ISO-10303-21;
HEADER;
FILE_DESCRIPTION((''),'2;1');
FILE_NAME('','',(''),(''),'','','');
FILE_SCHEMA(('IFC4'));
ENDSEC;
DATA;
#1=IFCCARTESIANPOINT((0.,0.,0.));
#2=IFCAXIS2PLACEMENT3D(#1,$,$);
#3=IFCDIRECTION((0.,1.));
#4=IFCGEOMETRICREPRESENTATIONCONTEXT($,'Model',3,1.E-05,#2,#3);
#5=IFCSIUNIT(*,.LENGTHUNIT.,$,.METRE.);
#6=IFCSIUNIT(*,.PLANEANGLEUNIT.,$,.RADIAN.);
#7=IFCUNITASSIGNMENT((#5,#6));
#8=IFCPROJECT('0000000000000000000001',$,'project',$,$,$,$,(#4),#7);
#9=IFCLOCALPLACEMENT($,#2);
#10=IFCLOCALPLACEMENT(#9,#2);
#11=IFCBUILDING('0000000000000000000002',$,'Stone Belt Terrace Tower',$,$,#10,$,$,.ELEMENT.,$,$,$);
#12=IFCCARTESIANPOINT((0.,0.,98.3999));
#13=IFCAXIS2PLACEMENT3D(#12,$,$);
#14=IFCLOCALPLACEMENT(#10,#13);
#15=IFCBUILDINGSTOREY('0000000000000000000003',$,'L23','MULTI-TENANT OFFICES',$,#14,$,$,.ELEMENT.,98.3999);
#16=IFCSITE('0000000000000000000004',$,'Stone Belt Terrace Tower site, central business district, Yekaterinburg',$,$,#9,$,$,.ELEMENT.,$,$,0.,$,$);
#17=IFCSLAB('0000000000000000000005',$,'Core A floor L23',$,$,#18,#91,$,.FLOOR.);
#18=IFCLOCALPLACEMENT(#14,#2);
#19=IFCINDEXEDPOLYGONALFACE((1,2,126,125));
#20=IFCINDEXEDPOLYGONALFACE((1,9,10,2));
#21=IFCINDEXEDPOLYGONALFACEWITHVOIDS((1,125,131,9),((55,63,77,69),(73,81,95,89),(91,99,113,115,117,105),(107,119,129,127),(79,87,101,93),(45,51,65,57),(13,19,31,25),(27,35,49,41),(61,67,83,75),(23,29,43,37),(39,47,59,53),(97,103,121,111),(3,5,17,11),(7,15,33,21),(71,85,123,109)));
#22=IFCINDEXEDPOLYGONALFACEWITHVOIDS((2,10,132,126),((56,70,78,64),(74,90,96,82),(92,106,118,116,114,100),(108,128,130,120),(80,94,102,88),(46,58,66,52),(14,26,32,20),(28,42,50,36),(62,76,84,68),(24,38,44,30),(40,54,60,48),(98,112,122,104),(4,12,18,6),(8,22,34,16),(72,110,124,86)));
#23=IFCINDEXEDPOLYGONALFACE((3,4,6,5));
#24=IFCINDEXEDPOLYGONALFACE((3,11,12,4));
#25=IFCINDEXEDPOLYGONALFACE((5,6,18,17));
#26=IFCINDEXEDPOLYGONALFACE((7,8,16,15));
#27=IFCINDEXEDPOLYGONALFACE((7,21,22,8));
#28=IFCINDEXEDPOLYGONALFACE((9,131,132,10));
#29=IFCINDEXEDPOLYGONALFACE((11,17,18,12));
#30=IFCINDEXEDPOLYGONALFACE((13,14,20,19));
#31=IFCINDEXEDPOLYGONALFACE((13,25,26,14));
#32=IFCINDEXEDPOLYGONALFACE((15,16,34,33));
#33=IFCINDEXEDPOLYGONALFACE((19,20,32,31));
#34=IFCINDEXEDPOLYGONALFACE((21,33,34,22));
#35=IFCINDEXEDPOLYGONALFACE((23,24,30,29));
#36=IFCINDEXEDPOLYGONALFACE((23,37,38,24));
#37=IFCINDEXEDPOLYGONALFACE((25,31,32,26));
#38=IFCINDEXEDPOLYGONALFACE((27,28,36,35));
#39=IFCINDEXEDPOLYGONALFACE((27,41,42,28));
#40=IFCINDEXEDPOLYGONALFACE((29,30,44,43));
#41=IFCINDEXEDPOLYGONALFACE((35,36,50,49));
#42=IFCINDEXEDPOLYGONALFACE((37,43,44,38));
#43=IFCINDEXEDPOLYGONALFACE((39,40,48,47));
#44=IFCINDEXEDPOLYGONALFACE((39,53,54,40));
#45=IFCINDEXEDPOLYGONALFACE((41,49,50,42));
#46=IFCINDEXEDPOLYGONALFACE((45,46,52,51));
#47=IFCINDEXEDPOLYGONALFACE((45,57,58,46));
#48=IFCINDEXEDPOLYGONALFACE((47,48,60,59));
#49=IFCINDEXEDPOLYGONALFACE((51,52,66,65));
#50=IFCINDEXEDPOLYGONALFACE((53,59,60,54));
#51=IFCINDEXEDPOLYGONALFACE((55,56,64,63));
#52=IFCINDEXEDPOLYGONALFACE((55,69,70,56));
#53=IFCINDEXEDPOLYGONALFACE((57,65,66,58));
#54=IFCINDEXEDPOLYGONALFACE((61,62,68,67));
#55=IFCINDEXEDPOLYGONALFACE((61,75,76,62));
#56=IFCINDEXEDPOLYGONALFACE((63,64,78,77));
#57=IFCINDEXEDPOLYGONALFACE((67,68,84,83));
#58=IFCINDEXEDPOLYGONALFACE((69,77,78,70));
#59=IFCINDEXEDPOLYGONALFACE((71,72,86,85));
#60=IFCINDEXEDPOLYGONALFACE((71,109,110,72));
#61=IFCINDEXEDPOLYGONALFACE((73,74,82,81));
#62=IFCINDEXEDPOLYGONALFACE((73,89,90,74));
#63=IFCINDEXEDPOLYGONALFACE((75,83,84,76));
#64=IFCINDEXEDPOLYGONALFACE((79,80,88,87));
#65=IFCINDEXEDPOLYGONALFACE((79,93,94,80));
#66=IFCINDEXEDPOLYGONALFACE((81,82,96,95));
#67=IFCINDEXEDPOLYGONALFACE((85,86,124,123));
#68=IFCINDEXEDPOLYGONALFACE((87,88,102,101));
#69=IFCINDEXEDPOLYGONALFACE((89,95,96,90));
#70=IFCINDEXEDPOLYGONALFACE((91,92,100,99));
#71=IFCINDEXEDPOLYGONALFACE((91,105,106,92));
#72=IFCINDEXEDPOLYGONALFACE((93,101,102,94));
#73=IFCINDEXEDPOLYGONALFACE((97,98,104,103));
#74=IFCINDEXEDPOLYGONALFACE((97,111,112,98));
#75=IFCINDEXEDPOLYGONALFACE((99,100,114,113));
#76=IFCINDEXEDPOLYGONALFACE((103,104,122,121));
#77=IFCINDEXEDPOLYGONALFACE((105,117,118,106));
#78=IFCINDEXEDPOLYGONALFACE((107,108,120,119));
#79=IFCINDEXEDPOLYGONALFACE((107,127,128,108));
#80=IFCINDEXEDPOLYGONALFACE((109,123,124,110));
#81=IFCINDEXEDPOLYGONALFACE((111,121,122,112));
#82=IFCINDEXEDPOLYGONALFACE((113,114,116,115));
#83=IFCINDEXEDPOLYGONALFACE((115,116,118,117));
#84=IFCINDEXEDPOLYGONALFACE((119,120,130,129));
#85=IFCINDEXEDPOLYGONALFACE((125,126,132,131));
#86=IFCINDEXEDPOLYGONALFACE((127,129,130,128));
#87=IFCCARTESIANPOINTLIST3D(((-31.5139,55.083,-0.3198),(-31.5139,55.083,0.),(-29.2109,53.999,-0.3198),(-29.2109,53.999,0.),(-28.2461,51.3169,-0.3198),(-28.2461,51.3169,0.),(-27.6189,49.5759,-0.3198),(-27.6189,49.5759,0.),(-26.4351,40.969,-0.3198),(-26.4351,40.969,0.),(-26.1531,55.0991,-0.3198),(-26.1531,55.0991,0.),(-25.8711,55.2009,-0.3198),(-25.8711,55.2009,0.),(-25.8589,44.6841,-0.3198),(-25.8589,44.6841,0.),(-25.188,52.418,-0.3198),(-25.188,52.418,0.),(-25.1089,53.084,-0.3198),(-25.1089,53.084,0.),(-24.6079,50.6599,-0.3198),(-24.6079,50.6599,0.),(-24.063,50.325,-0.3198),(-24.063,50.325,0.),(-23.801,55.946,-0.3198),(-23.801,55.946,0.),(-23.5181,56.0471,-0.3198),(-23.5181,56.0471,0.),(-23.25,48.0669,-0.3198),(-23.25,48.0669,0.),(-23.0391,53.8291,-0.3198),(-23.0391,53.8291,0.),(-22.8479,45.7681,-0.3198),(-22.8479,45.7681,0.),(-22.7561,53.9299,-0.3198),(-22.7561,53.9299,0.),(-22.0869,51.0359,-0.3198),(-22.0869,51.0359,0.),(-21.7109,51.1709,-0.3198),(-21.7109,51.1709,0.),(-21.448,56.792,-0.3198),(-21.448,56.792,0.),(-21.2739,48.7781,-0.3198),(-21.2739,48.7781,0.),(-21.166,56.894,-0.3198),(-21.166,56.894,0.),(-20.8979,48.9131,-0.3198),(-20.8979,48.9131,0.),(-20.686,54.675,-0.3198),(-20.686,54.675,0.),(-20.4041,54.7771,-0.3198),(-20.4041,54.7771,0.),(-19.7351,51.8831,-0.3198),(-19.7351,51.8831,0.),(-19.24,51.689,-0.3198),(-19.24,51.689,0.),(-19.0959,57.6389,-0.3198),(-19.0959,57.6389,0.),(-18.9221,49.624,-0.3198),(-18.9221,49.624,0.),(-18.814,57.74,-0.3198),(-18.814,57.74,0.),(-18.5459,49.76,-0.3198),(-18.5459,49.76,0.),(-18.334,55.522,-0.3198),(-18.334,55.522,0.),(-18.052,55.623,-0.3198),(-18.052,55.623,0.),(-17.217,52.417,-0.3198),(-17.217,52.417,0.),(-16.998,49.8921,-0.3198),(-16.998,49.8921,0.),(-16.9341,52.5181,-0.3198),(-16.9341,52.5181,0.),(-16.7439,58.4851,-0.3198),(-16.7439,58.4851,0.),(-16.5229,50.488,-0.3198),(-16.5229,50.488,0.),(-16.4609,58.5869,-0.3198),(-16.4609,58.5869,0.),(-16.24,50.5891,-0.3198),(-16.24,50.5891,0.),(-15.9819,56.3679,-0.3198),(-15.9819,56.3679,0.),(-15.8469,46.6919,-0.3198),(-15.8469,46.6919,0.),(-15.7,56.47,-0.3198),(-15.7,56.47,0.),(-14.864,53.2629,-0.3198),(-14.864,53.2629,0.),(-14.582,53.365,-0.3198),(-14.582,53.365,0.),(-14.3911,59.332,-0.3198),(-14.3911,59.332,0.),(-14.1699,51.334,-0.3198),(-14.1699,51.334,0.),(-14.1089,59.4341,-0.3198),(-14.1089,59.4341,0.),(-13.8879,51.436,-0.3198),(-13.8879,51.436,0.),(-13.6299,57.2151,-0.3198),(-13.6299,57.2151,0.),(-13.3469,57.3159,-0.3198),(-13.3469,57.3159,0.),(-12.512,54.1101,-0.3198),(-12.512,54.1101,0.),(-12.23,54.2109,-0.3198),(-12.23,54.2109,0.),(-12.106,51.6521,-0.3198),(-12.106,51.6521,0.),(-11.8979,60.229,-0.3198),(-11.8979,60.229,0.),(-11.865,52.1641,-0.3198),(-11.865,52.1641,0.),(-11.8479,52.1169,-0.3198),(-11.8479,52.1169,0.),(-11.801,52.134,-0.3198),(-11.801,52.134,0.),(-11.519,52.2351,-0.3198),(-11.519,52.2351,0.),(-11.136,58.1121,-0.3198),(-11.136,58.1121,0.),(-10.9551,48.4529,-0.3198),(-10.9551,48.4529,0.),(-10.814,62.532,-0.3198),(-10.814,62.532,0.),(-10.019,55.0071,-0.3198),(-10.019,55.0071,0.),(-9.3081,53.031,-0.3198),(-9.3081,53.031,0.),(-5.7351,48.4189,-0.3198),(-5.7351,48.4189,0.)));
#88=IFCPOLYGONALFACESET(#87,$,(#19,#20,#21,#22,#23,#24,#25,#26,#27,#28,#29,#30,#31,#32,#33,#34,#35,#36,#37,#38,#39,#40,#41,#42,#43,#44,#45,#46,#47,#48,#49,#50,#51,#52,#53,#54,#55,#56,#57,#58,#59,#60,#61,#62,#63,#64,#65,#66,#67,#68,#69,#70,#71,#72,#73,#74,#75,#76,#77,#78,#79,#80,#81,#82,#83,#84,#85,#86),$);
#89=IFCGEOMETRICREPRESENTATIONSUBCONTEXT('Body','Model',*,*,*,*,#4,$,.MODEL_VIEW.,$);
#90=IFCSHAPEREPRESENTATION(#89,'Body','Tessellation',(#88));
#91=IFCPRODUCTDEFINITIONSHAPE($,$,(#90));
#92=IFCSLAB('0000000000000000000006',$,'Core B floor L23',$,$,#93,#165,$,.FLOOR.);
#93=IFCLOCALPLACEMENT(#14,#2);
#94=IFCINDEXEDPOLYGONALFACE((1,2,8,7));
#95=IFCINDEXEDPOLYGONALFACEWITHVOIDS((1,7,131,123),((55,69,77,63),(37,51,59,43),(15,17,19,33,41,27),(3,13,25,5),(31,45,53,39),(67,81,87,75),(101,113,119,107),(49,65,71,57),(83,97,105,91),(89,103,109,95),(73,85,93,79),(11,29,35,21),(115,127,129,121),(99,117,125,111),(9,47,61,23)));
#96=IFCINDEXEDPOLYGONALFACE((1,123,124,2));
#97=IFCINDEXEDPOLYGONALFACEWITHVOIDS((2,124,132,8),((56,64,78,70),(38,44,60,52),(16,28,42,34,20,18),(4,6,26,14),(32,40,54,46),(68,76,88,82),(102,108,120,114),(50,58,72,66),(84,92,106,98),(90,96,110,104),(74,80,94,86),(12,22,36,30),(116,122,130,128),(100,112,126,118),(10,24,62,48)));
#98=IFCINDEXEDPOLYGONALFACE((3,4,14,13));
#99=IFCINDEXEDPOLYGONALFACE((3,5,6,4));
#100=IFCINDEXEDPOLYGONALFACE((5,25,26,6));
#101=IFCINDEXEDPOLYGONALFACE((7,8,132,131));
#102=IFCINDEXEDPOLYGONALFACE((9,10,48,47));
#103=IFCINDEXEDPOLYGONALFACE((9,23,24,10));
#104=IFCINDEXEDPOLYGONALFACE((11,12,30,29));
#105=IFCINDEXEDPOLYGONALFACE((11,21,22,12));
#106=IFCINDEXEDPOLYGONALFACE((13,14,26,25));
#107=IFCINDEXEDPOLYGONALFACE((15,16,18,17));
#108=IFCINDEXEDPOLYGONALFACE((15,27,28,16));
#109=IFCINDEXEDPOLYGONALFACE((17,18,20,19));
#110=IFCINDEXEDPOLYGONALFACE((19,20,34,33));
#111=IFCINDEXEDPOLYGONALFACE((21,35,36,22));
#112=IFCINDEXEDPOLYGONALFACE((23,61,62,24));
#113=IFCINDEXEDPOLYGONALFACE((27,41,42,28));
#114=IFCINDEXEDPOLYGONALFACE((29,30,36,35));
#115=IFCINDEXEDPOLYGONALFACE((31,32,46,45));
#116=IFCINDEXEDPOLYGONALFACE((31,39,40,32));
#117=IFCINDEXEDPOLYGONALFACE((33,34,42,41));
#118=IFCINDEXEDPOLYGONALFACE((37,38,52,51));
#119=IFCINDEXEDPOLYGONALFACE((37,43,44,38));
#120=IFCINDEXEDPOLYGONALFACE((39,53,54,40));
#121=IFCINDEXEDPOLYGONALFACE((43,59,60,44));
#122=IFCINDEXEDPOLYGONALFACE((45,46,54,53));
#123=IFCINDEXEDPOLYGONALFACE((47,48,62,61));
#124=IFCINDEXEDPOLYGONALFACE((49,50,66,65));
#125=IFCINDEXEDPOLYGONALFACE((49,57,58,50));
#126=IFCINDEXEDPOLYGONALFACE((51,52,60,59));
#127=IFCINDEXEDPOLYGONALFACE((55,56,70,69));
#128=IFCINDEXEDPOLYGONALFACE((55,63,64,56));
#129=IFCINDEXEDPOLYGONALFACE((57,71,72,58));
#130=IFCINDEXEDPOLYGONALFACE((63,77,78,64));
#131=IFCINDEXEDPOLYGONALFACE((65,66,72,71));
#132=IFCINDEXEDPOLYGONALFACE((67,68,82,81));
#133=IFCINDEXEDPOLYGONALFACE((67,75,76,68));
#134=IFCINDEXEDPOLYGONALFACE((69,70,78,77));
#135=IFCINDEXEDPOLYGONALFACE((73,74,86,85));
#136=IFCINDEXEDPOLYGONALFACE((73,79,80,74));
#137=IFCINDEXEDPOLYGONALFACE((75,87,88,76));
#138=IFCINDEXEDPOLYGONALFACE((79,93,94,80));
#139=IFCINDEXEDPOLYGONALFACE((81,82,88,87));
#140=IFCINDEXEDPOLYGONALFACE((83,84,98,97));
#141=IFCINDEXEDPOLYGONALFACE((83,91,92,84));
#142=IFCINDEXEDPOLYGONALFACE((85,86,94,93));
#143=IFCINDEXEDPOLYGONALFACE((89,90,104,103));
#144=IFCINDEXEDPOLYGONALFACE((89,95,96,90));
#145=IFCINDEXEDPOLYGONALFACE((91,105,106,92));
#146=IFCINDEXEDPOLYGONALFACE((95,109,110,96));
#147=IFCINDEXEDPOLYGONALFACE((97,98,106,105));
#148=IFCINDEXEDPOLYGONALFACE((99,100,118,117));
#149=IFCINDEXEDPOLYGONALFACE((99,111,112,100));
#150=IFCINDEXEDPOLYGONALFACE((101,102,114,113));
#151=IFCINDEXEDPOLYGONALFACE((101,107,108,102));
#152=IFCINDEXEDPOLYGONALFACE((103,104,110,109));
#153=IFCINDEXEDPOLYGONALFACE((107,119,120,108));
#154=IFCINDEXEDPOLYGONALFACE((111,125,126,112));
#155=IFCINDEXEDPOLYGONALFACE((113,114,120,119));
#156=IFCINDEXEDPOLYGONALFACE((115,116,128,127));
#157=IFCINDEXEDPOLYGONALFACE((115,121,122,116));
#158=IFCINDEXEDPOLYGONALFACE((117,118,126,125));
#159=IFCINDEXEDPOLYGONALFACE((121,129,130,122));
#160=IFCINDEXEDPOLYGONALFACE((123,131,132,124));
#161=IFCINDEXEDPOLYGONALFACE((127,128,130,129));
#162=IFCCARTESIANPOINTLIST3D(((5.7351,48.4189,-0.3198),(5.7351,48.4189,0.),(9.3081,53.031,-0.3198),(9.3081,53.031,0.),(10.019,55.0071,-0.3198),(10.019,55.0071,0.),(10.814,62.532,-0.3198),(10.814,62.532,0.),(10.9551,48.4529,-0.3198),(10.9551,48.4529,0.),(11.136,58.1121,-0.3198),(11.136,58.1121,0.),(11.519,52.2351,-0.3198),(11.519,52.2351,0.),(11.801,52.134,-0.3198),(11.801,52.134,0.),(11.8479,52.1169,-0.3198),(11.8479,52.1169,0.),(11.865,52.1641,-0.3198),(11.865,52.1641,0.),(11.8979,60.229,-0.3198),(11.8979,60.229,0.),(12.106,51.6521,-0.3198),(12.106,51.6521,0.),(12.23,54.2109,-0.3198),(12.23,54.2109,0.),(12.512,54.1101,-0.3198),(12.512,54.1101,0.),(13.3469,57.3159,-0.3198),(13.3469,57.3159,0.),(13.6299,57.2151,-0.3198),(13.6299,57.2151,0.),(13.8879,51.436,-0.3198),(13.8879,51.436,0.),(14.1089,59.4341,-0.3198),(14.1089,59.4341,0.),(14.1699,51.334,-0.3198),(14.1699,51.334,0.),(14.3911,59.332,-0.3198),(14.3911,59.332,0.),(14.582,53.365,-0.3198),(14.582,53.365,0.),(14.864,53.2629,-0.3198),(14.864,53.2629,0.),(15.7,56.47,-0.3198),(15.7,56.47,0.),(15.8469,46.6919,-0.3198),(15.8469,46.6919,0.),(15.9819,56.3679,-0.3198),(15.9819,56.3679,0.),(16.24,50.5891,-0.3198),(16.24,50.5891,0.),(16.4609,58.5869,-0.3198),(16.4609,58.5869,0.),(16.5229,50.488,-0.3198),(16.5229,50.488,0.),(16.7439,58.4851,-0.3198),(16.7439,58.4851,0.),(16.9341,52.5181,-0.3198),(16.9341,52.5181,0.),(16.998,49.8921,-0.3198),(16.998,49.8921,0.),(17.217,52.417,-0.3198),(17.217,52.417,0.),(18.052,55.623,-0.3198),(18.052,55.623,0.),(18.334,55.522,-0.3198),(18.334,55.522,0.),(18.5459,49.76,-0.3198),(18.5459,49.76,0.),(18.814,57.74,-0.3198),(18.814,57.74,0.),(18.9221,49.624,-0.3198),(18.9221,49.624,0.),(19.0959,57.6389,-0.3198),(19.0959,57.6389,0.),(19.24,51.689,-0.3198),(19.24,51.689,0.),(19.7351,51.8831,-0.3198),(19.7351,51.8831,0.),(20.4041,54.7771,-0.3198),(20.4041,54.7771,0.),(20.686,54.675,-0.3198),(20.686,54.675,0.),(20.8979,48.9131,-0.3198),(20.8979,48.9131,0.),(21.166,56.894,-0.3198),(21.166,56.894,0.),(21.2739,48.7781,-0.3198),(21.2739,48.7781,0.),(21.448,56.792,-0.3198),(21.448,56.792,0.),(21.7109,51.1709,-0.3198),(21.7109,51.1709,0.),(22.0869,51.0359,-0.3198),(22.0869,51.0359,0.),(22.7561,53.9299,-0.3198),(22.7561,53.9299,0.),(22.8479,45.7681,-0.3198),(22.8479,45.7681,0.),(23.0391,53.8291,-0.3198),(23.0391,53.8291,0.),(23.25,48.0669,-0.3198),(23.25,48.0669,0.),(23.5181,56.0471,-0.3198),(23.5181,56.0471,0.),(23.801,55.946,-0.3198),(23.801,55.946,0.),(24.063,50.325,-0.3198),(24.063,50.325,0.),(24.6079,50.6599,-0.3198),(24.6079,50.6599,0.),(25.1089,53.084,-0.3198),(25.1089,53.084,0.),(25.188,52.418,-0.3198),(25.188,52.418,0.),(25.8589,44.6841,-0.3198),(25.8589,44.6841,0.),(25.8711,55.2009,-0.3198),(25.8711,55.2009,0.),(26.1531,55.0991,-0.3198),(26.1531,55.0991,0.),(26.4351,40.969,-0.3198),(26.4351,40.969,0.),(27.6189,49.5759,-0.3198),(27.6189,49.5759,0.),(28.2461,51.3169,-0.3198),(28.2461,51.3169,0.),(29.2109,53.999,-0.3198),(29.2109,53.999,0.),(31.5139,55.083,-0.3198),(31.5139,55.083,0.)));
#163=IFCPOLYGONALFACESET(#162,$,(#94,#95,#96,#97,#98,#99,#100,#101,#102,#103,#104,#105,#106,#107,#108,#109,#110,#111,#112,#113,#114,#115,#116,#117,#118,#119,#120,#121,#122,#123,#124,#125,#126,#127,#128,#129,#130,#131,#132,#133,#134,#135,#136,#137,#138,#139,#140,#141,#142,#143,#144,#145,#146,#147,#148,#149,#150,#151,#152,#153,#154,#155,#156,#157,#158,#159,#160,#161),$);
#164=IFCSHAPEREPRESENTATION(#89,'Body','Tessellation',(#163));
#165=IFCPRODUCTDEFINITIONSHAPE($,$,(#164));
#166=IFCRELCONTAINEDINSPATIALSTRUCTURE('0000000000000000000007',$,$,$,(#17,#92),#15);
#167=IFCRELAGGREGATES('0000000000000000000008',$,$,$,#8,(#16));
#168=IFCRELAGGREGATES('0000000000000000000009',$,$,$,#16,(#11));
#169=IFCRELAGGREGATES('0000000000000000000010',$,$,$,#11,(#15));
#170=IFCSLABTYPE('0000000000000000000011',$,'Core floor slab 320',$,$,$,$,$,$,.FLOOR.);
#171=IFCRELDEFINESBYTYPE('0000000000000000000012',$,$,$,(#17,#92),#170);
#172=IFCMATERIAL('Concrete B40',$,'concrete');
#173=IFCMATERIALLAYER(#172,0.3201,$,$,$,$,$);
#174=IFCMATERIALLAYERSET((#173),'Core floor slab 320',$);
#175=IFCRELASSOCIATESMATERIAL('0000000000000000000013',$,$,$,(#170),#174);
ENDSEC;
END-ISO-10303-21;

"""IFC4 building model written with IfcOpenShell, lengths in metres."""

from ifc_helpers import new_model, si_unit, direction, frame, origin, place, context, subcontext, project, spatial, polyline, outline, extrude, material, layer, layer_set, type_object, element, save


model = new_model("IFC4")

# Units and contexts
model_context = context("Model", 3, precision=1e-05, world=origin(), true_north=direction((0.0, 1.0)))
body_context = subcontext(model_context, "Body", "Model", "MODEL_VIEW")
ifc_project = project(units=[si_unit("LENGTHUNIT", "METRE"), si_unit("PLANEANGLEUNIT", "RADIAN")], contexts=[model_context])

# Site, building, storey
site_placement = place(None, origin())
site = spatial("IfcSite", under=ifc_project, at=site_placement, Name="Stone Belt Terrace Tower site, central business district, Yekaterinburg", CompositionType="ELEMENT", RefElevation=0.0)
building_placement = place(site_placement, origin())
building = spatial("IfcBuilding", under=site, at=building_placement, Name="Stone Belt Terrace Tower", CompositionType="ELEMENT")
storey_placement = place(building_placement, frame((0.0, 0.0, 98.3999)))
storey = spatial("IfcBuildingStorey", under=building, at=storey_placement, Name="L23", Description="MULTI-TENANT OFFICES", CompositionType="ELEMENT", Elevation=98.3999)

# Slabs
ifc_material_1 = material(Name="Concrete B40", Category="concrete")
ifc_layer_1 = layer(ifc_material_1, 0.3201)
ifc_layer_set_1 = layer_set([ifc_layer_1], Name="Core floor slab 320")
slab_type_1 = type_object("IfcSlabType", Name="Core floor slab 320", PredefinedType="FLOOR", material=ifc_layer_set_1)
slab_1_placement = place(storey_placement, frame((0.0, 0.0, -0.3198)))
element("IfcSlab", 1, at=slab_1_placement, inside=storey, type_object=slab_type_1, Name="Core A floor L23", PredefinedType="FLOOR", context=body_context, shape_type="SweptSolid", body=[
    extrude(outline(polyline([(-26.4351, 40.969), (-5.7351, 48.4189), (-10.814, 62.532), (-31.5139, 55.083), (-26.4351, 40.969)]), holes=[polyline([(-24.6079, 50.6599), (-22.8479, 45.7681), (-25.8589, 44.6841), (-27.6189, 49.5759), (-24.6079, 50.6599)]), polyline([(-21.2739, 48.7781), (-23.25, 48.0669), (-24.063, 50.325), (-22.0869, 51.0359), (-21.2739, 48.7781)]), polyline([(-18.9221, 49.624), (-20.8979, 48.9131), (-21.7109, 51.1709), (-19.7351, 51.8831), (-18.9221, 49.624)]), polyline([(-19.24, 51.689), (-17.217, 52.417), (-16.5229, 50.488), (-18.5459, 49.76), (-19.24, 51.689)]), polyline([(-29.2109, 53.999), (-26.1531, 55.0991), (-25.188, 52.418), (-28.2461, 51.3169), (-29.2109, 53.999)]), polyline([(-23.801, 55.946), (-23.0391, 53.8291), (-25.1089, 53.084), (-25.8711, 55.2009), (-23.801, 55.946)]), polyline([(-21.448, 56.792), (-20.686, 54.675), (-22.7561, 53.9299), (-23.5181, 56.0471), (-21.448, 56.792)]), polyline([(-19.0959, 57.6389), (-18.334, 55.522), (-20.4041, 54.7771), (-21.166, 56.894), (-19.0959, 57.6389)]), polyline([(-15.8469, 46.6919), (-16.998, 49.8921), (-12.106, 51.6521), (-10.9551, 48.4529), (-15.8469, 46.6919)]), polyline([(-16.24, 50.5891), (-16.9341, 52.5181), (-14.864, 53.2629), (-14.1699, 51.334), (-16.24, 50.5891)]), polyline([(-11.801, 52.134), (-11.8479, 52.1169), (-11.865, 52.1641), (-13.8879, 51.436), (-14.582, 53.365), (-12.512, 54.1101), (-11.801, 52.134)]), polyline([(-9.3081, 53.031), (-11.519, 52.2351), (-12.23, 54.2109), (-10.019, 55.0071), (-9.3081, 53.031)]), polyline([(-16.7439, 58.4851), (-15.9819, 56.3679), (-18.052, 55.623), (-18.814, 57.74), (-16.7439, 58.4851)]), polyline([(-14.3911, 59.332), (-13.6299, 57.2151), (-15.7, 56.47), (-16.4609, 58.5869), (-14.3911, 59.332)]), polyline([(-11.8979, 60.229), (-11.136, 58.1121), (-13.3469, 57.3159), (-14.1089, 59.4341), (-11.8979, 60.229)])]), origin(), (0.0, 0.0, 1.0), 0.3198),
])
slab_2_placement = place(storey_placement, frame((0.0, 0.0, -0.3198)))
element("IfcSlab", 2, at=slab_2_placement, inside=storey, type_object=slab_type_1, Name="Core B floor L23", PredefinedType="FLOOR", context=body_context, shape_type="SweptSolid", body=[
    extrude(outline(polyline([(26.4351, 40.969), (31.5139, 55.083), (10.814, 62.532), (5.7351, 48.4189), (26.4351, 40.969)]), holes=[polyline([(12.106, 51.6521), (16.998, 49.8921), (15.8469, 46.6919), (10.9551, 48.4529), (12.106, 51.6521)]), polyline([(19.24, 51.689), (18.5459, 49.76), (16.5229, 50.488), (17.217, 52.417), (19.24, 51.689)]), polyline([(16.24, 50.5891), (14.1699, 51.334), (14.864, 53.2629), (16.9341, 52.5181), (16.24, 50.5891)]), polyline([(14.582, 53.365), (13.8879, 51.436), (11.865, 52.1641), (11.8479, 52.1169), (11.801, 52.134), (12.512, 54.1101), (14.582, 53.365)]), polyline([(9.3081, 53.031), (10.019, 55.0071), (12.23, 54.2109), (11.519, 52.2351), (9.3081, 53.031)]), polyline([(16.7439, 58.4851), (18.814, 57.74), (18.052, 55.623), (15.9819, 56.3679), (16.7439, 58.4851)]), polyline([(14.3911, 59.332), (16.4609, 58.5869), (15.7, 56.47), (13.6299, 57.2151), (14.3911, 59.332)]), polyline([(11.8979, 60.229), (14.1089, 59.4341), (13.3469, 57.3159), (11.136, 58.1121), (11.8979, 60.229)]), polyline([(25.8589, 44.6841), (22.8479, 45.7681), (24.6079, 50.6599), (27.6189, 49.5759), (25.8589, 44.6841)]), polyline([(21.2739, 48.7781), (22.0869, 51.0359), (24.063, 50.325), (23.25, 48.0669), (21.2739, 48.7781)]), polyline([(18.9221, 49.624), (19.7351, 51.8831), (21.7109, 51.1709), (20.8979, 48.9131), (18.9221, 49.624)]), polyline([(29.2109, 53.999), (28.2461, 51.3169), (25.188, 52.418), (26.1531, 55.0991), (29.2109, 53.999)]), polyline([(23.801, 55.946), (25.8711, 55.2009), (25.1089, 53.084), (23.0391, 53.8291), (23.801, 55.946)]), polyline([(21.448, 56.792), (23.5181, 56.0471), (22.7561, 53.9299), (20.686, 54.675), (21.448, 56.792)]), polyline([(19.0959, 57.6389), (21.166, 56.894), (20.4041, 54.7771), (18.334, 55.522), (19.0959, 57.6389)])]), origin(), (0.0, 0.0, 1.0), 0.3198),
])

save(model, "model.ifc")
